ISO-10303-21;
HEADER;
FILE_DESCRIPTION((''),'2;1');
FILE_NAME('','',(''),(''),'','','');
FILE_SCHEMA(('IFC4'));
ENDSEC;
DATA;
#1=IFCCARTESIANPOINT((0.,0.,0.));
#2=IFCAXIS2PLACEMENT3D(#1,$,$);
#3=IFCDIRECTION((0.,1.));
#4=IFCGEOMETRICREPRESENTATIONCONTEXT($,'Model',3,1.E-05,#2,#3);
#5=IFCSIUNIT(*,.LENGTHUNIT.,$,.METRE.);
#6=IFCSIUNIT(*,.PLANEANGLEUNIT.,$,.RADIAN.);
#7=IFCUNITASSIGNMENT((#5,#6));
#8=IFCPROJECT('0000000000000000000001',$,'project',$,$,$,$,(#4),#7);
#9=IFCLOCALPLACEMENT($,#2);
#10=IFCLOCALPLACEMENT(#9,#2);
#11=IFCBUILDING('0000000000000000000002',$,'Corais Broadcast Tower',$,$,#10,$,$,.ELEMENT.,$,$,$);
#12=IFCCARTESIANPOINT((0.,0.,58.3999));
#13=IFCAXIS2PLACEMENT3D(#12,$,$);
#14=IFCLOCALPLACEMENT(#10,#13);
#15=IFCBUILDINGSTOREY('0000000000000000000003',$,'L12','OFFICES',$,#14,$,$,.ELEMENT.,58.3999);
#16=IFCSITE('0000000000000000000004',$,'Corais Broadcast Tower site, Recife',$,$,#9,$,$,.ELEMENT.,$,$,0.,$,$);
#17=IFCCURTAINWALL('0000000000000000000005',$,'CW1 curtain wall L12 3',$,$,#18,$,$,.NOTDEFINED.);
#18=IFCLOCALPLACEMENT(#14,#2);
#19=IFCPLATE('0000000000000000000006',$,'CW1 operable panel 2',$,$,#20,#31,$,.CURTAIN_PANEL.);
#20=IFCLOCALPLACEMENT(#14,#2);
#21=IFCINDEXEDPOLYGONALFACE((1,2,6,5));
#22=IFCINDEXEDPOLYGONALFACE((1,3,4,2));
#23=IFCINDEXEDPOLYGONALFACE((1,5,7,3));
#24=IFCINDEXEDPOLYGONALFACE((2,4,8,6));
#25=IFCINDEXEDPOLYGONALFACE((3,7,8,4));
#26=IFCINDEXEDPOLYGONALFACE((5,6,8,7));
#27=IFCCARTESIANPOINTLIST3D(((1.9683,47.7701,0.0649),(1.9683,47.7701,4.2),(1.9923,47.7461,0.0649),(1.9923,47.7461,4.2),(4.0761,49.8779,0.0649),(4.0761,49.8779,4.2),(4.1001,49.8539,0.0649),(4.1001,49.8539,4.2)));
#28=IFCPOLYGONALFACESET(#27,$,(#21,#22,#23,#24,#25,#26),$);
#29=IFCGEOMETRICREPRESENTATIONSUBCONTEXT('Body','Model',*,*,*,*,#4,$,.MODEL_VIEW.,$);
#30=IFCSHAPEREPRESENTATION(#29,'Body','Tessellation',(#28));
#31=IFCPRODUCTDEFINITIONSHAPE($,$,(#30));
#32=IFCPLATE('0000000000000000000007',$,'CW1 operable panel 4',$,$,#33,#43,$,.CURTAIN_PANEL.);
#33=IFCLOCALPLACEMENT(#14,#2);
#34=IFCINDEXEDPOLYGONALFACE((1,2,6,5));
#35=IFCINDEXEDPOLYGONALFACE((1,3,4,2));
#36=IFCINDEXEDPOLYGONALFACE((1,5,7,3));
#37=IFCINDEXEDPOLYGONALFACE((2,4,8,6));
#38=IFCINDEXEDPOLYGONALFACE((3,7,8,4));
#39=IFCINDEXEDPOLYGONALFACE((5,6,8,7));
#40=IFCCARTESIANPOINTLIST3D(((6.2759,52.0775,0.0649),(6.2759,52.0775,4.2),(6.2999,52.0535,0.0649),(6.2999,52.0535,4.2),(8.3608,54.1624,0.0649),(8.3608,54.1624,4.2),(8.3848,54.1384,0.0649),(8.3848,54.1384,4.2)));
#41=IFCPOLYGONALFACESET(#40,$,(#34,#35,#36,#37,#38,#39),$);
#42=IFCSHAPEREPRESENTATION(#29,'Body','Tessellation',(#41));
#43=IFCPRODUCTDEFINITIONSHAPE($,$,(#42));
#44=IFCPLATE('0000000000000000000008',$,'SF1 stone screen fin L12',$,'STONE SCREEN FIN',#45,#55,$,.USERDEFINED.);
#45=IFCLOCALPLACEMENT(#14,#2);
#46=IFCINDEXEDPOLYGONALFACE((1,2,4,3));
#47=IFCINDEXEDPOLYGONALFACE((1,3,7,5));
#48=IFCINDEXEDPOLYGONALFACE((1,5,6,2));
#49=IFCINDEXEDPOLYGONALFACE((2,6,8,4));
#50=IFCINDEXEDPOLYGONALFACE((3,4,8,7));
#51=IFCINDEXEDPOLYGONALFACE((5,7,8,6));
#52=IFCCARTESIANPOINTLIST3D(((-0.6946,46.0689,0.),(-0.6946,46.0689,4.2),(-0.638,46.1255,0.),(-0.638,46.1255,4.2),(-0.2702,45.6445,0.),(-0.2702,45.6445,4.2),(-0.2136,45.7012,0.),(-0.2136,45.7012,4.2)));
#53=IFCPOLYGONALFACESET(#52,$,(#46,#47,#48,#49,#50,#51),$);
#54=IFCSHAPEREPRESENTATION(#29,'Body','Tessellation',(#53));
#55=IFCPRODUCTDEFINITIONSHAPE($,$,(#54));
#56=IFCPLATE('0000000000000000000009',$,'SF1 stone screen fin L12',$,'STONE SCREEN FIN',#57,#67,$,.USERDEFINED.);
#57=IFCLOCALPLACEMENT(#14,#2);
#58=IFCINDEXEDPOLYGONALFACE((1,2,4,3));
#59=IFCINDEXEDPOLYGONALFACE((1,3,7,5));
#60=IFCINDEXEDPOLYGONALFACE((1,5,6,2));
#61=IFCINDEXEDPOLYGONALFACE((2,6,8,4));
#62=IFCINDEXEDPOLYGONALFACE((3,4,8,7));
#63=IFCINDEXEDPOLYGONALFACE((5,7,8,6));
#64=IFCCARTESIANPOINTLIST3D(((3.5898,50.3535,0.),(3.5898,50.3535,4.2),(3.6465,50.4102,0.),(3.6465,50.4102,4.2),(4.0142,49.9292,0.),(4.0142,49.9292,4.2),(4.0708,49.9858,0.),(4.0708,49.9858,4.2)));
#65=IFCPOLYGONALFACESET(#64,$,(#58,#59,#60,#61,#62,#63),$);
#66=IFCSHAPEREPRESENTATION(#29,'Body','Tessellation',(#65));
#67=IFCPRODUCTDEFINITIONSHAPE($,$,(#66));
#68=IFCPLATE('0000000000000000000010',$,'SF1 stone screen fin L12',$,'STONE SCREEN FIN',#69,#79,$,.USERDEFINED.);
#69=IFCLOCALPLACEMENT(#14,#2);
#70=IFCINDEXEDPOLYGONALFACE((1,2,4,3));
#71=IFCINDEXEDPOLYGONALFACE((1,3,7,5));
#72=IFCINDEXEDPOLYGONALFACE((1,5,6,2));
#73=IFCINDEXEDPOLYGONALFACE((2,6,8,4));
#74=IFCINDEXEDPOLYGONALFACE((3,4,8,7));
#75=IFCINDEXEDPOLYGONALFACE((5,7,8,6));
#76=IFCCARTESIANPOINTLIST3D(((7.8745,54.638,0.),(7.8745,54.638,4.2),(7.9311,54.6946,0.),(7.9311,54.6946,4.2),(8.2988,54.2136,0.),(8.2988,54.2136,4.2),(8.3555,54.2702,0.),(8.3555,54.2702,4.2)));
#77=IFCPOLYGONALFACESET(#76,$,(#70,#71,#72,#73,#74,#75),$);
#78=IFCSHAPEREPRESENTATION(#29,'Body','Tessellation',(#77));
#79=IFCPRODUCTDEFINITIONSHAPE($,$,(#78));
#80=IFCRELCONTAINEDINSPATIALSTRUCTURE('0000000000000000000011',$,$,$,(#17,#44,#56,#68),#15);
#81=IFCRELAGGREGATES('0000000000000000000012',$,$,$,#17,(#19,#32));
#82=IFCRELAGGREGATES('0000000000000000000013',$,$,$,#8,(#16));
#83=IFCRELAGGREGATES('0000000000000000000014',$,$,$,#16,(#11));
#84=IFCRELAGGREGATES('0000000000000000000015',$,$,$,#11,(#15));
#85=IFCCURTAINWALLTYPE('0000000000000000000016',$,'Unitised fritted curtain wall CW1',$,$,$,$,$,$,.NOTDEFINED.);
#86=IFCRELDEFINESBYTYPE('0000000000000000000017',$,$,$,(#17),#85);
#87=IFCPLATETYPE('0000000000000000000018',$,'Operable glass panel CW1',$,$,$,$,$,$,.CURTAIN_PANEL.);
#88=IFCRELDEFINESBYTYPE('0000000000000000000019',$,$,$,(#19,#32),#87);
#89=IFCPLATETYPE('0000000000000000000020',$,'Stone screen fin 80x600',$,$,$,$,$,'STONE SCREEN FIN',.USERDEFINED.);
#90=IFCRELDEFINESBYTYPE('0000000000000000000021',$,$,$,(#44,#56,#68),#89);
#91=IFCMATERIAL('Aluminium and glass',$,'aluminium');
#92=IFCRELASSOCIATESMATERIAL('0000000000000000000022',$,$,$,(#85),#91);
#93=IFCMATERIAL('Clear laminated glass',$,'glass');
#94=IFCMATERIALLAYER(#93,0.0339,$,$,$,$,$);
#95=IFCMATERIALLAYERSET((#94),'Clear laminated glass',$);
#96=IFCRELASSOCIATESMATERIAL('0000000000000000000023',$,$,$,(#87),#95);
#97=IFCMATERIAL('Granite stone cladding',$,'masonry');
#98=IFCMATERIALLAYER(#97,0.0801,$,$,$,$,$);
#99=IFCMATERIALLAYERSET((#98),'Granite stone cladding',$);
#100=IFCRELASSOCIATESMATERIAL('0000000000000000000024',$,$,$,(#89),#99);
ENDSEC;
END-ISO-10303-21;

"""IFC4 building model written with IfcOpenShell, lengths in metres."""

from ifc_helpers import new_model, si_unit, direction, frame, origin, origin_2d, place, context, subcontext, project, spatial, rectangle, extrude, material, layer, layer_set, type_object, element, aggregate, save


model = new_model("IFC4")

# Units and contexts
model_context = context("Model", 3, precision=1e-05, world=origin(), true_north=direction((0.0, 1.0)))
body_context = subcontext(model_context, "Body", "Model", "MODEL_VIEW")
ifc_project = project(units=[si_unit("LENGTHUNIT", "METRE"), si_unit("PLANEANGLEUNIT", "RADIAN")], contexts=[model_context])

# Site, building, storey
site_placement = place(None, origin())
site = spatial("IfcSite", under=ifc_project, at=site_placement, Name="Corais Broadcast Tower site, Recife", CompositionType="ELEMENT", RefElevation=0.0)
building_placement = place(site_placement, origin())
building = spatial("IfcBuilding", under=site, at=building_placement, Name="Corais Broadcast Tower", CompositionType="ELEMENT")
storey_placement = place(building_placement, frame((0.0, 0.0, 58.3999)))
storey = spatial("IfcBuildingStorey", under=building, at=storey_placement, Name="L12", Description="OFFICES", CompositionType="ELEMENT", Elevation=58.3999)

# Shared definitions
ifc_material_1 = material(Name="Aluminium and glass", Category="aluminium")
curtain_wall_type = type_object("IfcCurtainWallType", Name="Unitised fritted curtain wall CW1", PredefinedType="NOTDEFINED", material=ifc_material_1)

# Curtain wall
curtain_wall_1_placement = place(storey_placement, origin())
curtain_wall_1 = element("IfcCurtainWall", 1, at=curtain_wall_1_placement, inside=storey, type_object=curtain_wall_type, Name="CW1 curtain wall L12 3", PredefinedType="NOTDEFINED")

# Plates
ifc_material_2 = material(Name="Clear laminated glass", Category="glass")
ifc_layer_1 = layer(ifc_material_2, 0.0339)
ifc_layer_set_1 = layer_set([ifc_layer_1], Name="Clear laminated glass")
plate_type_1 = type_object("IfcPlateType", Name="Operable glass panel CW1", PredefinedType="CURTAIN_PANEL", material=ifc_layer_set_1)
plate_1_placement = place(storey_placement, frame((3.0342, 48.812, 0.0649), z_axis=(0.0, 0.0, 1.0), x_axis=(0.707107, 0.707107, 0.0)))
plate_1 = element("IfcPlate", 2, at=plate_1_placement, type_object=plate_type_1, Name="CW1 operable panel 2", PredefinedType="CURTAIN_PANEL", context=body_context, shape_type="SweptSolid", body=[
    extrude(rectangle(XDim=2.981, YDim=0.0339, at=origin_2d()), origin(), (0.0, 0.0, 1.0), 4.135),
])
plate_2_placement = place(storey_placement, frame((7.3303, 53.1079, 0.0649), z_axis=(0.0, 0.0, 1.0), x_axis=(0.707107, 0.707107, 0.0)))
plate_2 = element("IfcPlate", 3, at=plate_2_placement, type_object=plate_type_1, Name="CW1 operable panel 4", PredefinedType="CURTAIN_PANEL", context=body_context, shape_type="SweptSolid", body=[
    extrude(rectangle(XDim=2.9485, YDim=0.0339, at=origin_2d()), origin(), (0.0, 0.0, 1.0), 4.135),
])
aggregate(curtain_wall_1, [plate_1, plate_2])

# Plates
ifc_material_3 = material(Name="Granite stone cladding", Category="masonry")
ifc_layer_2 = layer(ifc_material_3, 0.0801)
ifc_layer_set_2 = layer_set([ifc_layer_2], Name="Granite stone cladding")
plate_type_2 = type_object("IfcPlateType", Name="Stone screen fin 80x600", ElementType="STONE SCREEN FIN", PredefinedType="USERDEFINED", material=ifc_layer_set_2)
for number, where, z_axis, x_axis, name in (
    (4, (-0.4541, 45.885, 0.0), (0.0, 0.0, 1.0), (0.707107, 0.707107, 0.0), "SF1 stone screen fin L12"),
    (5, (3.8303, 50.1697, 0.0), (0.0, 0.0, 1.0), (0.707107, 0.707107, 0.0), "SF1 stone screen fin L12"),
    (6, (8.115, 54.4541, 0.0), (0.0, 0.0, 1.0), (0.707107, 0.707107, 0.0), "SF1 stone screen fin L12"),
):
    element("IfcPlate", number, at=place(storey_placement, frame(where, z_axis=z_axis, x_axis=x_axis)), inside=storey, type_object=plate_type_2, Name=name, ObjectType="STONE SCREEN FIN", PredefinedType="USERDEFINED", context=body_context, shape_type="SweptSolid", body=[
        extrude(rectangle(XDim=0.0801, YDim=0.6001, at=origin_2d()), origin(), (0.0, 0.0, 1.0), 4.2),
    ])

save(model, "model.ifc")
